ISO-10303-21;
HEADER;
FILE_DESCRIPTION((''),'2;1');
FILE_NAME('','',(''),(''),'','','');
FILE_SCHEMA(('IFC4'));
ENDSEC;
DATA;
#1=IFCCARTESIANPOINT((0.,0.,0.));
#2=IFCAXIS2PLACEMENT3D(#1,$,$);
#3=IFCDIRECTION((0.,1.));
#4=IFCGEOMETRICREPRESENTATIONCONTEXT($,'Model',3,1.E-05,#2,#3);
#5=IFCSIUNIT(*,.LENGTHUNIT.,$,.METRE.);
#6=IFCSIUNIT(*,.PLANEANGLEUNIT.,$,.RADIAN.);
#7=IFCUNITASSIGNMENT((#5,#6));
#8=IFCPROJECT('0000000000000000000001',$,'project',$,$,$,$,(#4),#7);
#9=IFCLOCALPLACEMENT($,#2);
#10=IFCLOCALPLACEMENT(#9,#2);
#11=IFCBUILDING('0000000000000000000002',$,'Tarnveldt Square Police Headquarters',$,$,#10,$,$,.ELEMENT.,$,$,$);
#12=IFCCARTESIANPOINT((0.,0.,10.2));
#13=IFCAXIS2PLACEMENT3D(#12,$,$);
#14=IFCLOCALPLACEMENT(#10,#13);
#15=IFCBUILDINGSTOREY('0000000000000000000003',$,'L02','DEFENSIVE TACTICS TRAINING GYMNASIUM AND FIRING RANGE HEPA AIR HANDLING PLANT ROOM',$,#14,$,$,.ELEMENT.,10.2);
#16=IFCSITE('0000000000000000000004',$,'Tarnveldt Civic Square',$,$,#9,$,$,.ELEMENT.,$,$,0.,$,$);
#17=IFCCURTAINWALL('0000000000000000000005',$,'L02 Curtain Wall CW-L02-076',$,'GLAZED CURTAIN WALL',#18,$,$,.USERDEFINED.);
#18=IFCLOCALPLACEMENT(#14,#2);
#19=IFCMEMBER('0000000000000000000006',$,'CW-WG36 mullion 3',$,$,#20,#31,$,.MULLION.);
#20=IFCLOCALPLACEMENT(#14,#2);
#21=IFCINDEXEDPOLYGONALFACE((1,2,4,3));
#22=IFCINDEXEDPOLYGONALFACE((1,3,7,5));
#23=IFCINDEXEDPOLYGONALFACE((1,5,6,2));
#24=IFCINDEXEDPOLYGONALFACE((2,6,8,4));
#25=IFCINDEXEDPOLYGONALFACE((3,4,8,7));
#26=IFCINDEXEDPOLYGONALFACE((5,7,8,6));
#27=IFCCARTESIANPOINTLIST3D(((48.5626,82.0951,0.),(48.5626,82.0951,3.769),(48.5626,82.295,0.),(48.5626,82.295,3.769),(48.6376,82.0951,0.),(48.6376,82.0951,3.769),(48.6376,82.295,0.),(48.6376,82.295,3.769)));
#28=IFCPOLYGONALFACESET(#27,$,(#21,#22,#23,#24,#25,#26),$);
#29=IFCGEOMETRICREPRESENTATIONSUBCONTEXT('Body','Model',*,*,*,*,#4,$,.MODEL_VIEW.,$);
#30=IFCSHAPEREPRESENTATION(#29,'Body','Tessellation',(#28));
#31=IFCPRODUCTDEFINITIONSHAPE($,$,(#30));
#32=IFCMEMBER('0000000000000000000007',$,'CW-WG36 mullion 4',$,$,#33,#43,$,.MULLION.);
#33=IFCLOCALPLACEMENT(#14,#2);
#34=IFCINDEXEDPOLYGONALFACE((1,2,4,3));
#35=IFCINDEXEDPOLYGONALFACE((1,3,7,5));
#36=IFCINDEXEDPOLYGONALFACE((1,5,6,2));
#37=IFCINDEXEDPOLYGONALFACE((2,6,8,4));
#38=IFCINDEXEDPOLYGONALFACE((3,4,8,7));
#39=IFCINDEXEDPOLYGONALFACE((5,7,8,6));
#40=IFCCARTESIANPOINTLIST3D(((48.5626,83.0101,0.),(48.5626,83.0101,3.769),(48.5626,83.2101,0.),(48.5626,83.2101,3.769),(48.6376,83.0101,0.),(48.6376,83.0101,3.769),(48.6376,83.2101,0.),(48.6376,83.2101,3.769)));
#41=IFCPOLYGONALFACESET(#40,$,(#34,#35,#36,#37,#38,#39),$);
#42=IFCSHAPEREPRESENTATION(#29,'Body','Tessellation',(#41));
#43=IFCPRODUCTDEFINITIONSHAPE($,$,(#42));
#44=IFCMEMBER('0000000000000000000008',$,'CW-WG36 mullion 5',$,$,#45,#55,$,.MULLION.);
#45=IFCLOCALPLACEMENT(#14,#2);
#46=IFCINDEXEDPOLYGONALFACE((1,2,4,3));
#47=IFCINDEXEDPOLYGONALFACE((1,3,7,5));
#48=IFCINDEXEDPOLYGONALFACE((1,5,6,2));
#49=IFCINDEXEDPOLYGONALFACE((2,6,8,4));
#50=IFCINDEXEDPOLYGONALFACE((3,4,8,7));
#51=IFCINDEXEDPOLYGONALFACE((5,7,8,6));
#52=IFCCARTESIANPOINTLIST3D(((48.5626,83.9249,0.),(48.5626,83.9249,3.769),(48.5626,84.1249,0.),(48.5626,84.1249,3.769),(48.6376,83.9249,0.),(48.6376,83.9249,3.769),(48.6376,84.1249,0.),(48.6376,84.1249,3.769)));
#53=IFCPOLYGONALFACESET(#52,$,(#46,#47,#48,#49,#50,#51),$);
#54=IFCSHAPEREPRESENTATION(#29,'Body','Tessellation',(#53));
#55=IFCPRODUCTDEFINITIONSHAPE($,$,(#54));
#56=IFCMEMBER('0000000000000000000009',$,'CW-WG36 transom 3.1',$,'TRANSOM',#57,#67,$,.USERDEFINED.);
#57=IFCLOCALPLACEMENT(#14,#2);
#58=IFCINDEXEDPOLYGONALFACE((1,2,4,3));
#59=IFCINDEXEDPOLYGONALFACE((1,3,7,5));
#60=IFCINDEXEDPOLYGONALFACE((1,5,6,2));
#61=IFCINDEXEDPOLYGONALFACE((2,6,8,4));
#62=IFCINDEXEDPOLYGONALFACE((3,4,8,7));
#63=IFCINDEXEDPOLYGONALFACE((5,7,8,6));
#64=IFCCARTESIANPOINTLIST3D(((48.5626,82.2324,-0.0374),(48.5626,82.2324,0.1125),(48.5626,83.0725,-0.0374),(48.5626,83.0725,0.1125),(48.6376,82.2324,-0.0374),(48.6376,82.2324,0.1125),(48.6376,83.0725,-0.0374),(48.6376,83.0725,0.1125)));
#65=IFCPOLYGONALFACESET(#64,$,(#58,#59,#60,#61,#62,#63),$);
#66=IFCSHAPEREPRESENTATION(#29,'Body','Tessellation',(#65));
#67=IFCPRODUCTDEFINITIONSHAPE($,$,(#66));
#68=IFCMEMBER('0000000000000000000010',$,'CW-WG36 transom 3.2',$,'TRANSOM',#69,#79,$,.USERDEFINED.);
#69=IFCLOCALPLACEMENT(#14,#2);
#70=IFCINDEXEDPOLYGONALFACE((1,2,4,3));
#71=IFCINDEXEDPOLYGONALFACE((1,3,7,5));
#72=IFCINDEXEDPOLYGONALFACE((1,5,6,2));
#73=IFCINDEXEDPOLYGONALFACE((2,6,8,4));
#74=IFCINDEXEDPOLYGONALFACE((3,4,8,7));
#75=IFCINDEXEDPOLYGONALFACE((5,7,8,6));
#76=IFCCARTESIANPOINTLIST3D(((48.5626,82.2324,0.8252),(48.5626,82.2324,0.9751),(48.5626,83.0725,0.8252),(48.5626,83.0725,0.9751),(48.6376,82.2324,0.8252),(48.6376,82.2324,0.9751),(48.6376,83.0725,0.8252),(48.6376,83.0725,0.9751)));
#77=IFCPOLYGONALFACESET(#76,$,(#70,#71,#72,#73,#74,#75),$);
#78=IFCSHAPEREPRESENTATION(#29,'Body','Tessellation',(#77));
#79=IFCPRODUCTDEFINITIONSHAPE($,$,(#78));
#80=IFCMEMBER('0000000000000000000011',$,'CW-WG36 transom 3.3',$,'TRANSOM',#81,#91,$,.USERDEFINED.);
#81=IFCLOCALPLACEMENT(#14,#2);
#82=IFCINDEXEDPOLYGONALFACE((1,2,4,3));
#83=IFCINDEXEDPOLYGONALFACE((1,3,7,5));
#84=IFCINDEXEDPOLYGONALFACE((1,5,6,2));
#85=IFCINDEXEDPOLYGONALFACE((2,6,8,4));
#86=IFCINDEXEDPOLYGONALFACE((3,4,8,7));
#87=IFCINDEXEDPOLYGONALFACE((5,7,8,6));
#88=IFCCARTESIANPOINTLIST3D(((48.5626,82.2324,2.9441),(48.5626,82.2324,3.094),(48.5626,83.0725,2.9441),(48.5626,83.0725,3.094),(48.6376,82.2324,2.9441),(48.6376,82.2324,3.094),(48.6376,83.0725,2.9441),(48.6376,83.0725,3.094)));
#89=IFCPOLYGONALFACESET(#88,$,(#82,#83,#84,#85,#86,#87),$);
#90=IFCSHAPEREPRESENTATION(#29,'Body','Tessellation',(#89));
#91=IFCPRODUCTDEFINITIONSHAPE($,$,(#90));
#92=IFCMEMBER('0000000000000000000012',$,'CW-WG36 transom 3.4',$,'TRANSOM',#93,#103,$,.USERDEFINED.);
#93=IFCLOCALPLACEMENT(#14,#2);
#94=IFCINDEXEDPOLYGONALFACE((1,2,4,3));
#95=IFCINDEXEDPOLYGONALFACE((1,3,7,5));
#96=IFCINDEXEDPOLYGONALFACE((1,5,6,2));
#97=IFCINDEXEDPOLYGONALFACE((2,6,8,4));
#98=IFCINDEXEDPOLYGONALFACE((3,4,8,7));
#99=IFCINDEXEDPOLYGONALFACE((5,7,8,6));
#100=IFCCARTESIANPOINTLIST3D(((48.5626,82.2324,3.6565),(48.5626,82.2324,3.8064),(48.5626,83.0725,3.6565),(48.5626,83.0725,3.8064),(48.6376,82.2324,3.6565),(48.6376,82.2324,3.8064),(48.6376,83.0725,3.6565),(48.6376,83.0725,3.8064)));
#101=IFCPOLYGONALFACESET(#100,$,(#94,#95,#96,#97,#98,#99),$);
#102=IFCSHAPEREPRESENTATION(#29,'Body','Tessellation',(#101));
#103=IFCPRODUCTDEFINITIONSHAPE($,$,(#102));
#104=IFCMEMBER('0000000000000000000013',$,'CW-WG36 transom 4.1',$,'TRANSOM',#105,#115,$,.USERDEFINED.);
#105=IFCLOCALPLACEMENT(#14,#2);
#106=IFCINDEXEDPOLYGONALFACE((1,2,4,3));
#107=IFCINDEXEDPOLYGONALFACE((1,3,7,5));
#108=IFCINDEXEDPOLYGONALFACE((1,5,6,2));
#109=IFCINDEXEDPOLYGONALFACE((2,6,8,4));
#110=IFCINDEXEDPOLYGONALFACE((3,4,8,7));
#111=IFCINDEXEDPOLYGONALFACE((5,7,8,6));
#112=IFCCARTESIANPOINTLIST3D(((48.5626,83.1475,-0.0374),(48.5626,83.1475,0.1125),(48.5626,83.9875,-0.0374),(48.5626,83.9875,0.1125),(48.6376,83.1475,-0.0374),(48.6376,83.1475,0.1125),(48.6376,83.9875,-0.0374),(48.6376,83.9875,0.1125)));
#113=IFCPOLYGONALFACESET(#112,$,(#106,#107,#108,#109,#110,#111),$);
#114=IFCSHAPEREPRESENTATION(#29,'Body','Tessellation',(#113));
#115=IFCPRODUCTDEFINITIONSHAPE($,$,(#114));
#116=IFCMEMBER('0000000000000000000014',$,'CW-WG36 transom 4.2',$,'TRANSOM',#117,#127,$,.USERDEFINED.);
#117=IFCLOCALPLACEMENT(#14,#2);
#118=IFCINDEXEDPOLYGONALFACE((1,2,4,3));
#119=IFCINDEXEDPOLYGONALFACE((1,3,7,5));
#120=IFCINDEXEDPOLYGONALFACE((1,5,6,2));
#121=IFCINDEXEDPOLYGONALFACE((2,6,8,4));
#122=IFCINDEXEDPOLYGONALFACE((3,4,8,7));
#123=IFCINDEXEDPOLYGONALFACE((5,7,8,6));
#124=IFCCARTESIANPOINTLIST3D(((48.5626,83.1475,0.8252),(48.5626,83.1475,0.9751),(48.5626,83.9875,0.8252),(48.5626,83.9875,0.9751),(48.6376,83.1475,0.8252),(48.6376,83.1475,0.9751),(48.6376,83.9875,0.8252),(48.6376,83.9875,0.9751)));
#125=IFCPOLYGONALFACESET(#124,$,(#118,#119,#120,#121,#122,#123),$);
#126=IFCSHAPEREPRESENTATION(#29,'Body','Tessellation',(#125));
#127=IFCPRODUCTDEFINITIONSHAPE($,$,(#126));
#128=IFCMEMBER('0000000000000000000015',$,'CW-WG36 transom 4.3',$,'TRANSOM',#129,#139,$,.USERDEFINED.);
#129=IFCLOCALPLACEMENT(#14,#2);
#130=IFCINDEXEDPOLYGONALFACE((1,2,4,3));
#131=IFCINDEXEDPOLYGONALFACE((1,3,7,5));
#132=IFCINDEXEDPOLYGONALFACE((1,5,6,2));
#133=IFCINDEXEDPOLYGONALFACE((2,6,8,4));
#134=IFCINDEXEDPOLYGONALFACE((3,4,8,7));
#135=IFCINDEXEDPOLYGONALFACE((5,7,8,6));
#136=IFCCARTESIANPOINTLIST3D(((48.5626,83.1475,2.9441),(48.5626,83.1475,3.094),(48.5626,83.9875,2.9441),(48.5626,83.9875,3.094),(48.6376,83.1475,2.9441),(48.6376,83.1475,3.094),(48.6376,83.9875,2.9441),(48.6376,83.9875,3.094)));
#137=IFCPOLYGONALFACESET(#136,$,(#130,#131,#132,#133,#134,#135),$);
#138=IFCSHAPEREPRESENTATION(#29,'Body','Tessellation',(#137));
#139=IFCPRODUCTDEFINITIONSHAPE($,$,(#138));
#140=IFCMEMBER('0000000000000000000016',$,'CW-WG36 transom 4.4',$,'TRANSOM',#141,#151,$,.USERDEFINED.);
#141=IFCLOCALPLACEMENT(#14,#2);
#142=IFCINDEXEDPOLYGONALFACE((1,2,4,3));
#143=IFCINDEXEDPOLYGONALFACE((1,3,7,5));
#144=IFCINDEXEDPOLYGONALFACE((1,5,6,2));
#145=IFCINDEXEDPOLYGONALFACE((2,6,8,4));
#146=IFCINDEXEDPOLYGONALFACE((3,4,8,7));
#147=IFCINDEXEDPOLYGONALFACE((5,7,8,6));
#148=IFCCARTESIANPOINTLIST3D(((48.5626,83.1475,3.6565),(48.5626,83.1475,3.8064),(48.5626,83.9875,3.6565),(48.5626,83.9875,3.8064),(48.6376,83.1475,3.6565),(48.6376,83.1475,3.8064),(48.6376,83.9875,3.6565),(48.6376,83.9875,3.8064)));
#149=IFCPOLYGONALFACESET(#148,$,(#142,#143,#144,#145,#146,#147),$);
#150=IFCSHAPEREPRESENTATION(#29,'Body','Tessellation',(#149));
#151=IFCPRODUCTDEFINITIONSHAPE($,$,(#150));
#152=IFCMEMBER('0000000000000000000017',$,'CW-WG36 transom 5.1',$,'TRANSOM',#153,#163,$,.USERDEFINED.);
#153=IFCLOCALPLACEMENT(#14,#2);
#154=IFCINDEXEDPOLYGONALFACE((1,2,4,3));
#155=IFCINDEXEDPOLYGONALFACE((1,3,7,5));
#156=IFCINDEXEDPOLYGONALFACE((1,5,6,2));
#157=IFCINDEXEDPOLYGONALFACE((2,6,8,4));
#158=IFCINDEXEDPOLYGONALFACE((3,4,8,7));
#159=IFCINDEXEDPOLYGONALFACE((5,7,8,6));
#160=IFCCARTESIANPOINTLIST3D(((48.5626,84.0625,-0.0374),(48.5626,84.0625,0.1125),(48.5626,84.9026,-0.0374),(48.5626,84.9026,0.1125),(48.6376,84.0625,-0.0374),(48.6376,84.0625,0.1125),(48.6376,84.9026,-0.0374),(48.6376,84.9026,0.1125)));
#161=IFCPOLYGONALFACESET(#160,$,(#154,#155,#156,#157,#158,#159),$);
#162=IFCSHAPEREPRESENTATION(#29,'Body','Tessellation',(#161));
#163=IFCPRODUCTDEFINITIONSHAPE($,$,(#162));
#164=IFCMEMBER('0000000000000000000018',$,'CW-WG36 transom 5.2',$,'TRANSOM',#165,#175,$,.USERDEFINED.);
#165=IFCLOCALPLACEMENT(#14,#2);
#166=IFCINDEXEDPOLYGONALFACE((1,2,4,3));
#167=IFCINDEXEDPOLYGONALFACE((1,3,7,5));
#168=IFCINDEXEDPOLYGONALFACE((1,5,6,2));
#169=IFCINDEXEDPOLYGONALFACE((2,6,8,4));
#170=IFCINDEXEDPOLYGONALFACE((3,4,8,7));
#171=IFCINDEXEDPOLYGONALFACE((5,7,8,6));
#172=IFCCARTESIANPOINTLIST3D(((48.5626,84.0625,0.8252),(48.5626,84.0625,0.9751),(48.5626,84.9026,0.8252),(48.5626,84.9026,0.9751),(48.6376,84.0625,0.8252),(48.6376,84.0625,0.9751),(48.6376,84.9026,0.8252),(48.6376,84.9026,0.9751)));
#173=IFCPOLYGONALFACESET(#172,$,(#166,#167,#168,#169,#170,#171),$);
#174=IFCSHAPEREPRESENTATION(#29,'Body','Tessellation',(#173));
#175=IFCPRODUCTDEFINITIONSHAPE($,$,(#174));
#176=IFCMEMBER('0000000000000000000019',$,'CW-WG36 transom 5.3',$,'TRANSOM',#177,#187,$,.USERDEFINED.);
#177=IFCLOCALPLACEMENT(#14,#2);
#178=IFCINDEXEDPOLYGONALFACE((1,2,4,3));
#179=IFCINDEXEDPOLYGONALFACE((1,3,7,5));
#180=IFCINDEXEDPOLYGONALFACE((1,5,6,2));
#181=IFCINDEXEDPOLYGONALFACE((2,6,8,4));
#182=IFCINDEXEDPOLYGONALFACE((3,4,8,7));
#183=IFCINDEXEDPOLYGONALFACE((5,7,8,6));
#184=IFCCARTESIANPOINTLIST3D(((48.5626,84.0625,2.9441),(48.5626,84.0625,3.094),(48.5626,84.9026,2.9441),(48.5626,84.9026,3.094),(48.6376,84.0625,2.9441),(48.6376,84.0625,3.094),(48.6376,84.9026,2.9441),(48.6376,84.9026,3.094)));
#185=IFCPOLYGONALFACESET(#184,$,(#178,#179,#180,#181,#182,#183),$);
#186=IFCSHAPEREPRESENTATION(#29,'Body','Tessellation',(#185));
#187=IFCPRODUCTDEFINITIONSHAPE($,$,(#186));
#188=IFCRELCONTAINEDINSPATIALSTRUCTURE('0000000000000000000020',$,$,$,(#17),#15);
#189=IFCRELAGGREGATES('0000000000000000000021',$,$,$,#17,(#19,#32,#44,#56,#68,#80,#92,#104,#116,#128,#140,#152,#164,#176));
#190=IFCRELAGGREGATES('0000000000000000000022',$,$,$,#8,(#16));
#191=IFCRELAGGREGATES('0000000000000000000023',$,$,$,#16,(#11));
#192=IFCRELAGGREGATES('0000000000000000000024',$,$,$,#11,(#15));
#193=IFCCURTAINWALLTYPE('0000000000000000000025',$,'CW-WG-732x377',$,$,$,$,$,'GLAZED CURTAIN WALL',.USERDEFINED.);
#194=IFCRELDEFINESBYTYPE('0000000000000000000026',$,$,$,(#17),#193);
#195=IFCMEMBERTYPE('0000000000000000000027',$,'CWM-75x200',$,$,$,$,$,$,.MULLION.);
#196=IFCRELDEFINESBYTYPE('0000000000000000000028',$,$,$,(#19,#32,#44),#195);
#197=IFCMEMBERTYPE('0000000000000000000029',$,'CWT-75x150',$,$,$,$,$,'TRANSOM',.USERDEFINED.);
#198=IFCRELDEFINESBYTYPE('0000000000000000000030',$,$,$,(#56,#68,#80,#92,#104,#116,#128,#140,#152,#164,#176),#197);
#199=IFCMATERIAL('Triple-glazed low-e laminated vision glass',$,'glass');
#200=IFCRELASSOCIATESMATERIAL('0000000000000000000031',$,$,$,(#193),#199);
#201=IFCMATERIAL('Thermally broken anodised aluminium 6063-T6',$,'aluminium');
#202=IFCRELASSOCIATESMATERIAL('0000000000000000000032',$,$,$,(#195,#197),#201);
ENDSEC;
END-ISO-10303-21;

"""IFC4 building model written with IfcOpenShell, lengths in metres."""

from ifc_helpers import new_model, si_unit, direction, frame, origin, origin_2d, place, context, subcontext, project, spatial, rectangle, extrude, material, material_profile, profile_set, type_object, element, aggregate, save


model = new_model("IFC4")

# Units and contexts
model_context = context("Model", 3, precision=1e-05, world=origin(), true_north=direction((0.0, 1.0)))
body_context = subcontext(model_context, "Body", "Model", "MODEL_VIEW")
ifc_project = project(units=[si_unit("LENGTHUNIT", "METRE"), si_unit("PLANEANGLEUNIT", "RADIAN")], contexts=[model_context])

# Site, building, storey
site_placement = place(None, origin())
site = spatial("IfcSite", under=ifc_project, at=site_placement, Name="Tarnveldt Civic Square", CompositionType="ELEMENT", RefElevation=0.0)
building_placement = place(site_placement, origin())
building = spatial("IfcBuilding", under=site, at=building_placement, Name="Tarnveldt Square Police Headquarters", CompositionType="ELEMENT")
storey_placement = place(building_placement, frame((0.0, 0.0, 10.2)))
storey = spatial("IfcBuildingStorey", under=building, at=storey_placement, Name="L02", Description="DEFENSIVE TACTICS TRAINING GYMNASIUM AND FIRING RANGE HEPA AIR HANDLING PLANT ROOM", CompositionType="ELEMENT", Elevation=10.2)

# Curtain wall, members
ifc_material_1 = material(Name="Triple-glazed low-e laminated vision glass", Category="glass")
curtain_wall_type = type_object("IfcCurtainWallType", Name="CW-WG-732x377", ElementType="GLAZED CURTAIN WALL", PredefinedType="USERDEFINED", material=ifc_material_1)
curtain_wall_placement = place(storey_placement, origin())
curtain_wall = element("IfcCurtainWall", 1, at=curtain_wall_placement, inside=storey, type_object=curtain_wall_type, Name="L02 Curtain Wall CW-L02-076", ObjectType="GLAZED CURTAIN WALL", PredefinedType="USERDEFINED")
ifc_material_2 = material(Name="Thermally broken anodised aluminium 6063-T6", Category="aluminium")
ifc_material_profile_1 = material_profile(ifc_material_2, rectangle(XDim=0.075, YDim=0.2, at=origin_2d()), Name="CW-M75x200")
ifc_profile_set_1 = profile_set([ifc_material_profile_1], Name="Thermally broken anodised aluminium 6063-T6")
member_type_1 = type_object("IfcMemberType", Name="CWM-75x200", PredefinedType="MULLION", material=ifc_profile_set_1)
member_1_placement = place(storey_placement, frame((48.6001, 82.1951, 0.0), z_axis=(0.0, 0.0, 1.0), x_axis=(-1.0, 0.0, 0.0)))
member_1 = element("IfcMember", 2, at=member_1_placement, type_object=member_type_1, Name="CW-WG36 mullion 3", PredefinedType="MULLION", context=body_context, shape_type="SweptSolid", body=[
    extrude(rectangle(XDim=0.075, YDim=0.2, at=origin_2d()), origin(), (0.0, 0.0, 1.0), 3.769),
])
member_2_placement = place(storey_placement, frame((48.6001, 83.1101, 0.0), z_axis=(0.0, 0.0, 1.0), x_axis=(-1.0, 0.0, 0.0)))
member_2 = element("IfcMember", 3, at=member_2_placement, type_object=member_type_1, Name="CW-WG36 mullion 4", PredefinedType="MULLION", context=body_context, shape_type="SweptSolid", body=[
    extrude(rectangle(XDim=0.075, YDim=0.2, at=origin_2d()), origin(), (0.0, 0.0, 1.0), 3.769),
])
member_3_placement = place(storey_placement, frame((48.6001, 84.0249, 0.0), z_axis=(0.0, 0.0, 1.0), x_axis=(-1.0, 0.0, 0.0)))
member_3 = element("IfcMember", 4, at=member_3_placement, type_object=member_type_1, Name="CW-WG36 mullion 5", PredefinedType="MULLION", context=body_context, shape_type="SweptSolid", body=[
    extrude(rectangle(XDim=0.075, YDim=0.2, at=origin_2d()), origin(), (0.0, 0.0, 1.0), 3.769),
])
ifc_material_profile_2 = material_profile(ifc_material_2, rectangle(XDim=0.075, YDim=0.1499, at=origin_2d()), Name="CW-T75x150")
ifc_profile_set_2 = profile_set([ifc_material_profile_2], Name="Thermally broken anodised aluminium 6063-T6")
member_type_2 = type_object("IfcMemberType", Name="CWT-75x150", ElementType="TRANSOM", PredefinedType="USERDEFINED", material=ifc_profile_set_2)
member_4_placement = place(storey_placement, frame((48.6001, 82.2324, 0.0376), z_axis=(0.0, 1.0, 0.0), x_axis=(-1.0, 0.0, 0.0)))
member_4 = element("IfcMember", 5, at=member_4_placement, type_object=member_type_2, Name="CW-WG36 transom 3.1", ObjectType="TRANSOM", PredefinedType="USERDEFINED", context=body_context, shape_type="SweptSolid", body=[
    extrude(rectangle(XDim=0.075, YDim=0.1499, at=origin_2d()), origin(), (0.0, 0.0, 1.0), 0.8401),
])
member_5_placement = place(storey_placement, frame((48.6001, 82.2324, 0.9001), z_axis=(0.0, 1.0, 0.0), x_axis=(-1.0, 0.0, 0.0)))
member_5 = element("IfcMember", 6, at=member_5_placement, type_object=member_type_2, Name="CW-WG36 transom 3.2", ObjectType="TRANSOM", PredefinedType="USERDEFINED", context=body_context, shape_type="SweptSolid", body=[
    extrude(rectangle(XDim=0.075, YDim=0.1499, at=origin_2d()), origin(), (0.0, 0.0, 1.0), 0.8401),
])
member_6_placement = place(storey_placement, frame((48.6001, 82.2324, 3.019), z_axis=(0.0, 1.0, 0.0), x_axis=(-1.0, 0.0, 0.0)))
member_6 = element("IfcMember", 7, at=member_6_placement, type_object=member_type_2, Name="CW-WG36 transom 3.3", ObjectType="TRANSOM", PredefinedType="USERDEFINED", context=body_context, shape_type="SweptSolid", body=[
    extrude(rectangle(XDim=0.075, YDim=0.1499, at=origin_2d()), origin(), (0.0, 0.0, 1.0), 0.8401),
])
member_7_placement = place(storey_placement, frame((48.6001, 82.2324, 3.7314), z_axis=(0.0, 1.0, 0.0), x_axis=(-1.0, 0.0, 0.0)))
member_7 = element("IfcMember", 8, at=member_7_placement, type_object=member_type_2, Name="CW-WG36 transom 3.4", ObjectType="TRANSOM", PredefinedType="USERDEFINED", context=body_context, shape_type="SweptSolid", body=[
    extrude(rectangle(XDim=0.075, YDim=0.1499, at=origin_2d()), origin(), (0.0, 0.0, 1.0), 0.8401),
])
member_8_placement = place(storey_placement, frame((48.6001, 83.1475, 0.0376), z_axis=(0.0, 1.0, 0.0), x_axis=(-1.0, 0.0, 0.0)))
member_8 = element("IfcMember", 9, at=member_8_placement, type_object=member_type_2, Name="CW-WG36 transom 4.1", ObjectType="TRANSOM", PredefinedType="USERDEFINED", context=body_context, shape_type="SweptSolid", body=[
    extrude(rectangle(XDim=0.075, YDim=0.1499, at=origin_2d()), origin(), (0.0, 0.0, 1.0), 0.8401),
])
member_9_placement = place(storey_placement, frame((48.6001, 83.1475, 0.9001), z_axis=(0.0, 1.0, 0.0), x_axis=(-1.0, 0.0, 0.0)))
member_9 = element("IfcMember", 10, at=member_9_placement, type_object=member_type_2, Name="CW-WG36 transom 4.2", ObjectType="TRANSOM", PredefinedType="USERDEFINED", context=body_context, shape_type="SweptSolid", body=[
    extrude(rectangle(XDim=0.075, YDim=0.1499, at=origin_2d()), origin(), (0.0, 0.0, 1.0), 0.8401),
])
member_10_placement = place(storey_placement, frame((48.6001, 83.1475, 3.019), z_axis=(0.0, 1.0, 0.0), x_axis=(-1.0, 0.0, 0.0)))
member_10 = element("IfcMember", 11, at=member_10_placement, type_object=member_type_2, Name="CW-WG36 transom 4.3", ObjectType="TRANSOM", PredefinedType="USERDEFINED", context=body_context, shape_type="SweptSolid", body=[
    extrude(rectangle(XDim=0.075, YDim=0.1499, at=origin_2d()), origin(), (0.0, 0.0, 1.0), 0.8401),
])
member_11_placement = place(storey_placement, frame((48.6001, 83.1475, 3.7314), z_axis=(0.0, 1.0, 0.0), x_axis=(-1.0, 0.0, 0.0)))
member_11 = element("IfcMember", 12, at=member_11_placement, type_object=member_type_2, Name="CW-WG36 transom 4.4", ObjectType="TRANSOM", PredefinedType="USERDEFINED", context=body_context, shape_type="SweptSolid", body=[
    extrude(rectangle(XDim=0.075, YDim=0.1499, at=origin_2d()), origin(), (0.0, 0.0, 1.0), 0.8401),
])
member_12_placement = place(storey_placement, frame((48.6001, 84.0625, 0.0376), z_axis=(0.0, 1.0, 0.0), x_axis=(-1.0, 0.0, 0.0)))
member_12 = element("IfcMember", 13, at=member_12_placement, type_object=member_type_2, Name="CW-WG36 transom 5.1", ObjectType="TRANSOM", PredefinedType="USERDEFINED", context=body_context, shape_type="SweptSolid", body=[
    extrude(rectangle(XDim=0.075, YDim=0.1499, at=origin_2d()), origin(), (0.0, 0.0, 1.0), 0.8401),
])
member_13_placement = place(storey_placement, frame((48.6001, 84.0625, 0.9001), z_axis=(0.0, 1.0, 0.0), x_axis=(-1.0, 0.0, 0.0)))
member_13 = element("IfcMember", 14, at=member_13_placement, type_object=member_type_2, Name="CW-WG36 transom 5.2", ObjectType="TRANSOM", PredefinedType="USERDEFINED", context=body_context, shape_type="SweptSolid", body=[
    extrude(rectangle(XDim=0.075, YDim=0.1499, at=origin_2d()), origin(), (0.0, 0.0, 1.0), 0.8401),
])
member_14_placement = place(storey_placement, frame((48.6001, 84.0625, 3.019), z_axis=(0.0, 1.0, 0.0), x_axis=(-1.0, 0.0, 0.0)))
member_14 = element("IfcMember", 15, at=member_14_placement, type_object=member_type_2, Name="CW-WG36 transom 5.3", ObjectType="TRANSOM", PredefinedType="USERDEFINED", context=body_context, shape_type="SweptSolid", body=[
    extrude(rectangle(XDim=0.075, YDim=0.1499, at=origin_2d()), origin(), (0.0, 0.0, 1.0), 0.8401),
])
aggregate(curtain_wall, [member_1, member_2, member_3, member_4, member_5, member_6, member_7, member_8, member_9, member_10, member_11, member_12, member_13, member_14])

save(model, "model.ifc")
